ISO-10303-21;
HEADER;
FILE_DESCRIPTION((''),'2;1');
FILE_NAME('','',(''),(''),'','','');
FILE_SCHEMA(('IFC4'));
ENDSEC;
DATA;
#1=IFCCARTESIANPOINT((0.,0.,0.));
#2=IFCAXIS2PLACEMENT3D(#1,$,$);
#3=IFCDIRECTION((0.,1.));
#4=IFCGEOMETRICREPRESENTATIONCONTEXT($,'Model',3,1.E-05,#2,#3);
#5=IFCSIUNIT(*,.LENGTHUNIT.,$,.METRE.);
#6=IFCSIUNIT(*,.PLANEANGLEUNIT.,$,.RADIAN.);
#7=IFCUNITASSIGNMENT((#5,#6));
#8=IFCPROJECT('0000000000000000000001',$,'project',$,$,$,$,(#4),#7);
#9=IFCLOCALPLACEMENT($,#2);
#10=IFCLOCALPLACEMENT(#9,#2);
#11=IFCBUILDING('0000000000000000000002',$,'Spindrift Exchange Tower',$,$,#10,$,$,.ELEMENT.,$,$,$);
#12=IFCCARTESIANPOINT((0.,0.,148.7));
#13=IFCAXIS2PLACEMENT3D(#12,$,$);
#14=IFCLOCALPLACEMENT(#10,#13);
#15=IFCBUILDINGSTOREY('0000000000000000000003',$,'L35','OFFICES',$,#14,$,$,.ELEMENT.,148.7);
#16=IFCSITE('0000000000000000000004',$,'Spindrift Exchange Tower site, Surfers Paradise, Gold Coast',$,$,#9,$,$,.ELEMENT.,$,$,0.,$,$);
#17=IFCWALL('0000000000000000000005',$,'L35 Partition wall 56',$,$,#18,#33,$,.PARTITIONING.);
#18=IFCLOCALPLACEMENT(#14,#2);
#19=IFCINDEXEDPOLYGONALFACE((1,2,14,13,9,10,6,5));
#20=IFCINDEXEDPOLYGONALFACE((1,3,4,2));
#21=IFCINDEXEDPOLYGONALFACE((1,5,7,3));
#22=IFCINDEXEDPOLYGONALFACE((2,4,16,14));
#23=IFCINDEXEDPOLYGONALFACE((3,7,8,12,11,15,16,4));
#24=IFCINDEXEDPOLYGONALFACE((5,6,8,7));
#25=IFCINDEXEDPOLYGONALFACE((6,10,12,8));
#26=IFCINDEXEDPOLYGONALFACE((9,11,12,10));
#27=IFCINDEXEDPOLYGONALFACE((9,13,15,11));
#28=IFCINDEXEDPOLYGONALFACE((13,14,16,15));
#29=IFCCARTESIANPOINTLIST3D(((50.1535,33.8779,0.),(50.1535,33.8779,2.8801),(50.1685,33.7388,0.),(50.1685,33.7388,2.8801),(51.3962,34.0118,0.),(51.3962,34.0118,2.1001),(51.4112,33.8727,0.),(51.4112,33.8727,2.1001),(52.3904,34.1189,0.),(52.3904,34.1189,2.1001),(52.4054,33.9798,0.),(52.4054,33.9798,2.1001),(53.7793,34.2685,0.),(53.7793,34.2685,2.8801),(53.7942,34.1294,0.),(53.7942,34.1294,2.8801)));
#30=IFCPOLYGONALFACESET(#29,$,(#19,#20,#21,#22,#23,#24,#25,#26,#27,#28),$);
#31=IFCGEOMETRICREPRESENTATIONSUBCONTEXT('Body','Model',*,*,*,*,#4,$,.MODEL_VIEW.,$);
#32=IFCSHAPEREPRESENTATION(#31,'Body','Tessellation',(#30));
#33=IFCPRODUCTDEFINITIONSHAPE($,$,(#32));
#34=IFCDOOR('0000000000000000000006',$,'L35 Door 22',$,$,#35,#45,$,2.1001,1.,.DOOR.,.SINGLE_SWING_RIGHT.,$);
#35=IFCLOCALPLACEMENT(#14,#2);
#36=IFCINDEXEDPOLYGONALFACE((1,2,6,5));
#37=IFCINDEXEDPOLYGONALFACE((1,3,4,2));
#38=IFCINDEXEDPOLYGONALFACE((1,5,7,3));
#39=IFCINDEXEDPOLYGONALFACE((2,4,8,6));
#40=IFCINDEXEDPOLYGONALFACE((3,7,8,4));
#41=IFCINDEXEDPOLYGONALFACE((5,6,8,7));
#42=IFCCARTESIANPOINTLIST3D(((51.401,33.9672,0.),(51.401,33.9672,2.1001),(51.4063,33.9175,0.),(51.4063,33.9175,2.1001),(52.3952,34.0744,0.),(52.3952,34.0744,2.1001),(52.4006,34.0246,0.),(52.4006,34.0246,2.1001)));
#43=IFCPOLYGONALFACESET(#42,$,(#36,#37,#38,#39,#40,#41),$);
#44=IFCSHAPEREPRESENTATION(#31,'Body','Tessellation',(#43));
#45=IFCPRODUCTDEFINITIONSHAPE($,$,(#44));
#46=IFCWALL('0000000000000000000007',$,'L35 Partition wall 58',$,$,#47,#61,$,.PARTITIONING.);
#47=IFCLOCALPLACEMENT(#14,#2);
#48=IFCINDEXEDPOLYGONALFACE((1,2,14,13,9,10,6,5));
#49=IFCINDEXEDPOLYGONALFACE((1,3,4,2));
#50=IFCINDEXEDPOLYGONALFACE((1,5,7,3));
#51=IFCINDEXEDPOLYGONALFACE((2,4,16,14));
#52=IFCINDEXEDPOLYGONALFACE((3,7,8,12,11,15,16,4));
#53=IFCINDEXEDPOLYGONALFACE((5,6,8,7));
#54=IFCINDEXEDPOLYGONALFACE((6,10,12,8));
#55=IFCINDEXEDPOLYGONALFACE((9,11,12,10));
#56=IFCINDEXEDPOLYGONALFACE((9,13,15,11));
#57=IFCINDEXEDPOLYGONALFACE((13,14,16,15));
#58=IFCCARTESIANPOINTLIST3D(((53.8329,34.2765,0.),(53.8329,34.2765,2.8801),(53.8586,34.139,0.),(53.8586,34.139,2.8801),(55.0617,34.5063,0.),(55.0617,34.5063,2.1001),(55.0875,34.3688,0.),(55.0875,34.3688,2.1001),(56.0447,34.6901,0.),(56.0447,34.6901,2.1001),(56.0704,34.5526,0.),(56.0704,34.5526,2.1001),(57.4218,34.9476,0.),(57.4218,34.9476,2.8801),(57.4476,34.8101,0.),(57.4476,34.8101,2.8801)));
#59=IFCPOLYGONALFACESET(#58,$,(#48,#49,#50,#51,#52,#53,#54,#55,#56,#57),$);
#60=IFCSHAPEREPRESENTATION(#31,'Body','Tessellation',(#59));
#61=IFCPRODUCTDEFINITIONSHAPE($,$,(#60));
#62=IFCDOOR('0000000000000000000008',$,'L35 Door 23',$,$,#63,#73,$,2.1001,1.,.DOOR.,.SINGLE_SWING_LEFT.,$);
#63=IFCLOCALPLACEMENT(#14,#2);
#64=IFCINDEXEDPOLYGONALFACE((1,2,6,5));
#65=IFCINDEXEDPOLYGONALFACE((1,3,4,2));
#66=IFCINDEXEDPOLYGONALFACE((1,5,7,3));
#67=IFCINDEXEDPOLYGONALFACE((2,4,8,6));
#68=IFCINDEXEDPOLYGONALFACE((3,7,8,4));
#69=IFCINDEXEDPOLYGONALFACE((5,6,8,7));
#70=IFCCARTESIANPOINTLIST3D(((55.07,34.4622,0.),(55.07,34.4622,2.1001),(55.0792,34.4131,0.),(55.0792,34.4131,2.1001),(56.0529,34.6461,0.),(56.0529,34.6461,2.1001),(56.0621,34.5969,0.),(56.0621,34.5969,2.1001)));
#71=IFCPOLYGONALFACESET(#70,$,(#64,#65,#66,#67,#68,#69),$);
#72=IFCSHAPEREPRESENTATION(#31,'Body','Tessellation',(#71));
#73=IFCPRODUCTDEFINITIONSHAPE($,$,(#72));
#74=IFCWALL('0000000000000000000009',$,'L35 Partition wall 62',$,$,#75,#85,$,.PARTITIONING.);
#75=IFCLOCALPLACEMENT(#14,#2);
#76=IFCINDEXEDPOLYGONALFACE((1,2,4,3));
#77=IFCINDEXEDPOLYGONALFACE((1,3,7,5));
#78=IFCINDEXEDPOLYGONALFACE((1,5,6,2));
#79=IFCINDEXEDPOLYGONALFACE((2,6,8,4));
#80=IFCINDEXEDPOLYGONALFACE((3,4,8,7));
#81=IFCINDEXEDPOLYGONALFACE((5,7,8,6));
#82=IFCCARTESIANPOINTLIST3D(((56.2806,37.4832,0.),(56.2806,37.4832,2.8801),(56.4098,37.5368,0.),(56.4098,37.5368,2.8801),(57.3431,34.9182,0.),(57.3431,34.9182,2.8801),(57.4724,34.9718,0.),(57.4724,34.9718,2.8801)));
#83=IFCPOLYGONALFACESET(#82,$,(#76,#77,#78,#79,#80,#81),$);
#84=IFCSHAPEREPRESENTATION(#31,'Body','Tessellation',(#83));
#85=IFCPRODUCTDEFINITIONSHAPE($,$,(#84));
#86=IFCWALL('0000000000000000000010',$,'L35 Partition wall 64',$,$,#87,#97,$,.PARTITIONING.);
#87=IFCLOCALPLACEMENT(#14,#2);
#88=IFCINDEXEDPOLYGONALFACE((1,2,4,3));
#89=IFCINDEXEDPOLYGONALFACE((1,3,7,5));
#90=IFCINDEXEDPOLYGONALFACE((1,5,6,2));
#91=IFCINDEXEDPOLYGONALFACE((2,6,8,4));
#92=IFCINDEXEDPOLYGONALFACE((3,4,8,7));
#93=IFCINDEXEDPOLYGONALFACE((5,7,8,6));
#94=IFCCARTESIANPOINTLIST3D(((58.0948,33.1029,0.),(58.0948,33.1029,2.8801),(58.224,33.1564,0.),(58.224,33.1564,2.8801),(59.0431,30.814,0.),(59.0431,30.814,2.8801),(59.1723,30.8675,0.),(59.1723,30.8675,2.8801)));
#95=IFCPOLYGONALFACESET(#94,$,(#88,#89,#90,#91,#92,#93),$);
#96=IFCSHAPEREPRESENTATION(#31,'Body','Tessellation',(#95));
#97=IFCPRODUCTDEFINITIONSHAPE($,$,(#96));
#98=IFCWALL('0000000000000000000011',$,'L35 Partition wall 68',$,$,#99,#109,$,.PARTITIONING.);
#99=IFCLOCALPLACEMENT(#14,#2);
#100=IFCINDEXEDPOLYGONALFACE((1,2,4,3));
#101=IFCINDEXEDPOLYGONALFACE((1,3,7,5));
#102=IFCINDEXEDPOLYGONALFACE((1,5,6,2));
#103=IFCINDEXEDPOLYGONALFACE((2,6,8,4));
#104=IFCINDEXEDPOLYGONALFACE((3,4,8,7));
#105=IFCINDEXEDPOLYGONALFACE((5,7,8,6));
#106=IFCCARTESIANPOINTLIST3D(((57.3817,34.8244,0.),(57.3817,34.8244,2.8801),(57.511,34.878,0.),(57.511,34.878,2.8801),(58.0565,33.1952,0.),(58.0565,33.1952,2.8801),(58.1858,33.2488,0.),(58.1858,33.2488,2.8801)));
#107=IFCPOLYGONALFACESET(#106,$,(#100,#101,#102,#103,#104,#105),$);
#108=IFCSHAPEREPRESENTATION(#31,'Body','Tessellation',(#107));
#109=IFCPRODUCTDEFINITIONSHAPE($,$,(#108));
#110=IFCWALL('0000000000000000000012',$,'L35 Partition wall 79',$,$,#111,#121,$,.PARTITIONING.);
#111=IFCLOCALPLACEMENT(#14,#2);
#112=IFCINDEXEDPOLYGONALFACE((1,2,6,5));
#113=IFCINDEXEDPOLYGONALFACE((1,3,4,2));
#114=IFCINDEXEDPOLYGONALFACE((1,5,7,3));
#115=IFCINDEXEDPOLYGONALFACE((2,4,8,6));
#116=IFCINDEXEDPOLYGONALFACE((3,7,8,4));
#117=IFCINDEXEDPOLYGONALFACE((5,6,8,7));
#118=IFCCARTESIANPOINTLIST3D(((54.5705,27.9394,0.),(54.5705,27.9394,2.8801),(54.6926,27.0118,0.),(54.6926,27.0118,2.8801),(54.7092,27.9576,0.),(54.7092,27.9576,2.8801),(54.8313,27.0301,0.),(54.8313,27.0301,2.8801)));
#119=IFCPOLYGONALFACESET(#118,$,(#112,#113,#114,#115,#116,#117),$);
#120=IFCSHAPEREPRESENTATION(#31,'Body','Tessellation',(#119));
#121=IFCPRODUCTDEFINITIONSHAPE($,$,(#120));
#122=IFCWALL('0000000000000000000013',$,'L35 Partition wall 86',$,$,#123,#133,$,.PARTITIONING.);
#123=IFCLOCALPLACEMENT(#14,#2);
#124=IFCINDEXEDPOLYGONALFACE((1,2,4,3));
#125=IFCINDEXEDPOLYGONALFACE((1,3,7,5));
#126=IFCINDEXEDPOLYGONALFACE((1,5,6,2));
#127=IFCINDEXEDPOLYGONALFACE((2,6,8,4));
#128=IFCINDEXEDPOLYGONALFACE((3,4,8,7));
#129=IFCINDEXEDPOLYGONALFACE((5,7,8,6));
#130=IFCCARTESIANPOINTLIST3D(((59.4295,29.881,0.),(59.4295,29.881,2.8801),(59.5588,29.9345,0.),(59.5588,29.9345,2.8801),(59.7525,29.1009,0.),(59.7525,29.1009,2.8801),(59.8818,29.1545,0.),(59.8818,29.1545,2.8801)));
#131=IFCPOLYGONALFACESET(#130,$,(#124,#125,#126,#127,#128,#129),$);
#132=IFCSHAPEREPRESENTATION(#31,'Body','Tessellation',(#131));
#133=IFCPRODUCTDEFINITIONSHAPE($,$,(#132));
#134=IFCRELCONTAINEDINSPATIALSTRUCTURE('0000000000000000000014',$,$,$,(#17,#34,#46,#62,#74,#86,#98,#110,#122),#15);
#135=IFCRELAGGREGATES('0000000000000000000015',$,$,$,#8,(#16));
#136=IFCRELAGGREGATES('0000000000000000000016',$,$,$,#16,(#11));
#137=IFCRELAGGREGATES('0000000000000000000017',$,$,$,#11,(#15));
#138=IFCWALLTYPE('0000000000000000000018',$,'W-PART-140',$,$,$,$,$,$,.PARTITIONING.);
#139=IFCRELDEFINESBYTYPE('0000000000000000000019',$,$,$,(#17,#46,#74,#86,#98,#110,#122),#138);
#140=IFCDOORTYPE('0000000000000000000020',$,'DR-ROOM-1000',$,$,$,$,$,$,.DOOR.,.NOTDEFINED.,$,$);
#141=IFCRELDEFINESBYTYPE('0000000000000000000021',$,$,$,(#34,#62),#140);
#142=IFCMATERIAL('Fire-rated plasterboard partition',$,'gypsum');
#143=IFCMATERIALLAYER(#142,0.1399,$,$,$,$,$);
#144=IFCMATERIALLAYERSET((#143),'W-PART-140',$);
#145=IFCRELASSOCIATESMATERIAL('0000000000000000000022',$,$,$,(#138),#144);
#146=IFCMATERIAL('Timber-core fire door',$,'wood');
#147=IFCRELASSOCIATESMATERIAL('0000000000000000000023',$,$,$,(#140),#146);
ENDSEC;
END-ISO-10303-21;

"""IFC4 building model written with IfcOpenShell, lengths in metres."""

from ifc_helpers import new_model, si_unit, direction, frame, frame_2d, origin, place, context, subcontext, project, spatial, rectangle, extrude, source, transform, mapped, material, layer, layer_set, type_object, element, fill, save


model = new_model("IFC4")

# Units and contexts
model_context = context("Model", 3, precision=1e-05, world=origin(), true_north=direction((0.0, 1.0)))
body_context = subcontext(model_context, "Body", "Model", "MODEL_VIEW")
ifc_project = project(units=[si_unit("LENGTHUNIT", "METRE"), si_unit("PLANEANGLEUNIT", "RADIAN")], contexts=[model_context])

# Site, building, storey
site_placement = place(None, origin())
site = spatial("IfcSite", under=ifc_project, at=site_placement, Name="Spindrift Exchange Tower site, Surfers Paradise, Gold Coast", CompositionType="ELEMENT", RefElevation=0.0)
building_placement = place(site_placement, origin())
building = spatial("IfcBuilding", under=site, at=building_placement, Name="Spindrift Exchange Tower", CompositionType="ELEMENT")
storey_placement = place(building_placement, frame((0.0, 0.0, 148.7)))
storey = spatial("IfcBuildingStorey", under=building, at=storey_placement, Name="L35", Description="OFFICES", CompositionType="ELEMENT", Elevation=148.7)

# Shared definitions
ifc_material_1 = material(Name="Fire-rated plasterboard partition", Category="gypsum")
ifc_layer_1 = layer(ifc_material_1, 0.1399)
ifc_layer_set_1 = layer_set([ifc_layer_1], Name="W-PART-140")
wall_type = type_object("IfcWallType", Name="W-PART-140", PredefinedType="PARTITIONING", material=ifc_layer_set_1)

# Walls, openings, doors
wall_1_placement = place(storey_placement, frame((53.7866, 34.199, 0.0), z_axis=(0.0, 0.0, 1.0), x_axis=(-0.994246, -0.107117, 0.0)))
wall_1 = element("IfcWall", 1, at=wall_1_placement, inside=storey, type_object=wall_type, Name="L35 Partition wall 56", PredefinedType="PARTITIONING", context=body_context, shape_type="SweptSolid", body=[
    extrude(rectangle(XDim=3.6467, YDim=0.1399, at=frame_2d((1.8232, 0.0))), origin(), (0.0, 0.0, 1.0), 2.8801),
])
opening_1_placement = place(wall_1_placement, frame((1.3967, 0.0, 0.0)))
opening_1 = element("IfcOpeningElement", 2, at=opening_1_placement, cuts=wall_1, PredefinedType="OPENING", context=body_context, shape_type="SweptSolid", body=[
    extrude(rectangle(XDim=1.0, YDim=2.1001, at=frame_2d((0.5, 1.05))), frame((0.0, 0.0798, 0.0), z_axis=(0.0, -1.0, 0.0), x_axis=(1.0, 0.0, 0.0)), (0.0, 0.0, 1.0), 0.1599),
])
ifc_material_2 = material(Name="Timber-core fire door", Category="wood")
door_type = type_object("IfcDoorType", Name="DR-ROOM-1000", OperationType="NOTDEFINED", PredefinedType="DOOR", material=ifc_material_2)
shared_shape_1 = source(origin(), body_context, "Body", "SweptSolid", [
    extrude(rectangle(XDim=1.0, YDim=2.1001, at=frame_2d((0.5, 1.05))), frame((0.0, 0.0249, 0.0), z_axis=(0.0, -1.0, 0.0), x_axis=(1.0, 0.0, 0.0)), (0.0, 0.0, 1.0), 0.05),
])
door_1_placement = place(opening_1_placement, origin())
door_1 = element("IfcDoor", 3, at=door_1_placement, inside=storey, type_object=door_type, Name="L35 Door 22", OperationType="SINGLE_SWING_RIGHT", OverallHeight=2.1001, OverallWidth=1.0, PredefinedType="DOOR", context=body_context, shape_type="MappedRepresentation", body=[
    mapped(shared_shape_1, transform((0.0, 0.0, 0.0), scale=1.0)),
])
fill(opening_1, door_1)
wall_2_placement = place(storey_placement, frame((57.4348, 34.8789, 0.0), z_axis=(0.0, 0.0, 1.0), x_axis=(-0.98296, -0.18382, 0.0)))
wall_2 = element("IfcWall", 4, at=wall_2_placement, inside=storey, type_object=wall_type, Name="L35 Partition wall 58", PredefinedType="PARTITIONING", context=body_context, shape_type="SweptSolid", body=[
    extrude(rectangle(XDim=3.6511, YDim=0.1399, at=frame_2d((1.8257, 0.0))), origin(), (0.0, 0.0, 1.0), 2.8801),
])
opening_2_placement = place(wall_2_placement, frame((1.4011, 0.0, 0.0)))
opening_2 = element("IfcOpeningElement", 5, at=opening_2_placement, cuts=wall_2, PredefinedType="OPENING", context=body_context, shape_type="SweptSolid", body=[
    extrude(rectangle(XDim=1.0, YDim=2.1001, at=frame_2d((0.5, 1.05))), frame((0.0, 0.0798, 0.0), z_axis=(0.0, -1.0, 0.0), x_axis=(1.0, 0.0, 0.0)), (0.0, 0.0, 1.0), 0.1599),
])
door_2_placement = place(opening_2_placement, origin())
door_2 = element("IfcDoor", 6, at=door_2_placement, inside=storey, type_object=door_type, Name="L35 Door 23", OperationType="SINGLE_SWING_LEFT", OverallHeight=2.1001, OverallWidth=1.0, PredefinedType="DOOR", context=body_context, shape_type="MappedRepresentation", body=[
    mapped(shared_shape_1, transform((0.0, 0.0, 0.0), scale=1.0)),
])
fill(opening_2, door_2)

# Walls
wall_3_placement = place(storey_placement, frame((56.3452, 37.51, 0.0), z_axis=(0.0, 0.0, 1.0), x_axis=(0.382704, -0.923871, 0.0)))
element("IfcWall", 7, at=wall_3_placement, inside=storey, type_object=wall_type, Name="L35 Partition wall 62", PredefinedType="PARTITIONING", context=body_context, shape_type="SweptSolid", body=[
    extrude(rectangle(XDim=2.7764, YDim=0.1399, at=frame_2d((1.3882, 0.0))), origin(), (0.0, 0.0, 1.0), 2.8801),
])
wall_4_placement = place(storey_placement, frame((58.1594, 33.1296, 0.0), z_axis=(0.0, 0.0, 1.0), x_axis=(0.382746, -0.923853, 0.0)))
element("IfcWall", 8, at=wall_4_placement, inside=storey, type_object=wall_type, Name="L35 Partition wall 64", PredefinedType="PARTITIONING", context=body_context, shape_type="SweptSolid", body=[
    extrude(rectangle(XDim=2.4775, YDim=0.1399, at=frame_2d((1.2388, 0.0))), origin(), (0.0, 0.0, 1.0), 2.8801),
])
wall_5_placement = place(storey_placement, frame((57.4463, 34.8513, 0.0), z_axis=(0.0, 0.0, 1.0), x_axis=(0.382678, -0.923882, 0.0)))
element("IfcWall", 9, at=wall_5_placement, inside=storey, type_object=wall_type, Name="L35 Partition wall 68", PredefinedType="PARTITIONING", context=body_context, shape_type="SweptSolid", body=[
    extrude(rectangle(XDim=1.7634, YDim=0.1399, at=frame_2d((0.8818, 0.0))), origin(), (0.0, 0.0, 1.0), 2.8801),
])
wall_6_placement = place(storey_placement, frame((54.6399, 27.9485, 0.0), z_axis=(0.0, 0.0, 1.0), x_axis=(0.130488, -0.99145, 0.0)))
element("IfcWall", 10, at=wall_6_placement, inside=storey, type_object=wall_type, Name="L35 Partition wall 79", PredefinedType="PARTITIONING", context=body_context, shape_type="SweptSolid", body=[
    extrude(rectangle(XDim=0.9355, YDim=0.1399, at=frame_2d((0.4678, 0.0))), origin(), (0.0, 0.0, 1.0), 2.8801),
])
wall_7_placement = place(storey_placement, frame((59.4941, 29.9077, 0.0), z_axis=(0.0, 0.0, 1.0), x_axis=(0.382582, -0.923922, 0.0)))
element("IfcWall", 11, at=wall_7_placement, inside=storey, type_object=wall_type, Name="L35 Partition wall 86", PredefinedType="PARTITIONING", context=body_context, shape_type="SweptSolid", body=[
    extrude(rectangle(XDim=0.8442, YDim=0.1399, at=frame_2d((0.4221, 0.0))), origin(), (0.0, 0.0, 1.0), 2.8801),
])

save(model, "model.ifc")
